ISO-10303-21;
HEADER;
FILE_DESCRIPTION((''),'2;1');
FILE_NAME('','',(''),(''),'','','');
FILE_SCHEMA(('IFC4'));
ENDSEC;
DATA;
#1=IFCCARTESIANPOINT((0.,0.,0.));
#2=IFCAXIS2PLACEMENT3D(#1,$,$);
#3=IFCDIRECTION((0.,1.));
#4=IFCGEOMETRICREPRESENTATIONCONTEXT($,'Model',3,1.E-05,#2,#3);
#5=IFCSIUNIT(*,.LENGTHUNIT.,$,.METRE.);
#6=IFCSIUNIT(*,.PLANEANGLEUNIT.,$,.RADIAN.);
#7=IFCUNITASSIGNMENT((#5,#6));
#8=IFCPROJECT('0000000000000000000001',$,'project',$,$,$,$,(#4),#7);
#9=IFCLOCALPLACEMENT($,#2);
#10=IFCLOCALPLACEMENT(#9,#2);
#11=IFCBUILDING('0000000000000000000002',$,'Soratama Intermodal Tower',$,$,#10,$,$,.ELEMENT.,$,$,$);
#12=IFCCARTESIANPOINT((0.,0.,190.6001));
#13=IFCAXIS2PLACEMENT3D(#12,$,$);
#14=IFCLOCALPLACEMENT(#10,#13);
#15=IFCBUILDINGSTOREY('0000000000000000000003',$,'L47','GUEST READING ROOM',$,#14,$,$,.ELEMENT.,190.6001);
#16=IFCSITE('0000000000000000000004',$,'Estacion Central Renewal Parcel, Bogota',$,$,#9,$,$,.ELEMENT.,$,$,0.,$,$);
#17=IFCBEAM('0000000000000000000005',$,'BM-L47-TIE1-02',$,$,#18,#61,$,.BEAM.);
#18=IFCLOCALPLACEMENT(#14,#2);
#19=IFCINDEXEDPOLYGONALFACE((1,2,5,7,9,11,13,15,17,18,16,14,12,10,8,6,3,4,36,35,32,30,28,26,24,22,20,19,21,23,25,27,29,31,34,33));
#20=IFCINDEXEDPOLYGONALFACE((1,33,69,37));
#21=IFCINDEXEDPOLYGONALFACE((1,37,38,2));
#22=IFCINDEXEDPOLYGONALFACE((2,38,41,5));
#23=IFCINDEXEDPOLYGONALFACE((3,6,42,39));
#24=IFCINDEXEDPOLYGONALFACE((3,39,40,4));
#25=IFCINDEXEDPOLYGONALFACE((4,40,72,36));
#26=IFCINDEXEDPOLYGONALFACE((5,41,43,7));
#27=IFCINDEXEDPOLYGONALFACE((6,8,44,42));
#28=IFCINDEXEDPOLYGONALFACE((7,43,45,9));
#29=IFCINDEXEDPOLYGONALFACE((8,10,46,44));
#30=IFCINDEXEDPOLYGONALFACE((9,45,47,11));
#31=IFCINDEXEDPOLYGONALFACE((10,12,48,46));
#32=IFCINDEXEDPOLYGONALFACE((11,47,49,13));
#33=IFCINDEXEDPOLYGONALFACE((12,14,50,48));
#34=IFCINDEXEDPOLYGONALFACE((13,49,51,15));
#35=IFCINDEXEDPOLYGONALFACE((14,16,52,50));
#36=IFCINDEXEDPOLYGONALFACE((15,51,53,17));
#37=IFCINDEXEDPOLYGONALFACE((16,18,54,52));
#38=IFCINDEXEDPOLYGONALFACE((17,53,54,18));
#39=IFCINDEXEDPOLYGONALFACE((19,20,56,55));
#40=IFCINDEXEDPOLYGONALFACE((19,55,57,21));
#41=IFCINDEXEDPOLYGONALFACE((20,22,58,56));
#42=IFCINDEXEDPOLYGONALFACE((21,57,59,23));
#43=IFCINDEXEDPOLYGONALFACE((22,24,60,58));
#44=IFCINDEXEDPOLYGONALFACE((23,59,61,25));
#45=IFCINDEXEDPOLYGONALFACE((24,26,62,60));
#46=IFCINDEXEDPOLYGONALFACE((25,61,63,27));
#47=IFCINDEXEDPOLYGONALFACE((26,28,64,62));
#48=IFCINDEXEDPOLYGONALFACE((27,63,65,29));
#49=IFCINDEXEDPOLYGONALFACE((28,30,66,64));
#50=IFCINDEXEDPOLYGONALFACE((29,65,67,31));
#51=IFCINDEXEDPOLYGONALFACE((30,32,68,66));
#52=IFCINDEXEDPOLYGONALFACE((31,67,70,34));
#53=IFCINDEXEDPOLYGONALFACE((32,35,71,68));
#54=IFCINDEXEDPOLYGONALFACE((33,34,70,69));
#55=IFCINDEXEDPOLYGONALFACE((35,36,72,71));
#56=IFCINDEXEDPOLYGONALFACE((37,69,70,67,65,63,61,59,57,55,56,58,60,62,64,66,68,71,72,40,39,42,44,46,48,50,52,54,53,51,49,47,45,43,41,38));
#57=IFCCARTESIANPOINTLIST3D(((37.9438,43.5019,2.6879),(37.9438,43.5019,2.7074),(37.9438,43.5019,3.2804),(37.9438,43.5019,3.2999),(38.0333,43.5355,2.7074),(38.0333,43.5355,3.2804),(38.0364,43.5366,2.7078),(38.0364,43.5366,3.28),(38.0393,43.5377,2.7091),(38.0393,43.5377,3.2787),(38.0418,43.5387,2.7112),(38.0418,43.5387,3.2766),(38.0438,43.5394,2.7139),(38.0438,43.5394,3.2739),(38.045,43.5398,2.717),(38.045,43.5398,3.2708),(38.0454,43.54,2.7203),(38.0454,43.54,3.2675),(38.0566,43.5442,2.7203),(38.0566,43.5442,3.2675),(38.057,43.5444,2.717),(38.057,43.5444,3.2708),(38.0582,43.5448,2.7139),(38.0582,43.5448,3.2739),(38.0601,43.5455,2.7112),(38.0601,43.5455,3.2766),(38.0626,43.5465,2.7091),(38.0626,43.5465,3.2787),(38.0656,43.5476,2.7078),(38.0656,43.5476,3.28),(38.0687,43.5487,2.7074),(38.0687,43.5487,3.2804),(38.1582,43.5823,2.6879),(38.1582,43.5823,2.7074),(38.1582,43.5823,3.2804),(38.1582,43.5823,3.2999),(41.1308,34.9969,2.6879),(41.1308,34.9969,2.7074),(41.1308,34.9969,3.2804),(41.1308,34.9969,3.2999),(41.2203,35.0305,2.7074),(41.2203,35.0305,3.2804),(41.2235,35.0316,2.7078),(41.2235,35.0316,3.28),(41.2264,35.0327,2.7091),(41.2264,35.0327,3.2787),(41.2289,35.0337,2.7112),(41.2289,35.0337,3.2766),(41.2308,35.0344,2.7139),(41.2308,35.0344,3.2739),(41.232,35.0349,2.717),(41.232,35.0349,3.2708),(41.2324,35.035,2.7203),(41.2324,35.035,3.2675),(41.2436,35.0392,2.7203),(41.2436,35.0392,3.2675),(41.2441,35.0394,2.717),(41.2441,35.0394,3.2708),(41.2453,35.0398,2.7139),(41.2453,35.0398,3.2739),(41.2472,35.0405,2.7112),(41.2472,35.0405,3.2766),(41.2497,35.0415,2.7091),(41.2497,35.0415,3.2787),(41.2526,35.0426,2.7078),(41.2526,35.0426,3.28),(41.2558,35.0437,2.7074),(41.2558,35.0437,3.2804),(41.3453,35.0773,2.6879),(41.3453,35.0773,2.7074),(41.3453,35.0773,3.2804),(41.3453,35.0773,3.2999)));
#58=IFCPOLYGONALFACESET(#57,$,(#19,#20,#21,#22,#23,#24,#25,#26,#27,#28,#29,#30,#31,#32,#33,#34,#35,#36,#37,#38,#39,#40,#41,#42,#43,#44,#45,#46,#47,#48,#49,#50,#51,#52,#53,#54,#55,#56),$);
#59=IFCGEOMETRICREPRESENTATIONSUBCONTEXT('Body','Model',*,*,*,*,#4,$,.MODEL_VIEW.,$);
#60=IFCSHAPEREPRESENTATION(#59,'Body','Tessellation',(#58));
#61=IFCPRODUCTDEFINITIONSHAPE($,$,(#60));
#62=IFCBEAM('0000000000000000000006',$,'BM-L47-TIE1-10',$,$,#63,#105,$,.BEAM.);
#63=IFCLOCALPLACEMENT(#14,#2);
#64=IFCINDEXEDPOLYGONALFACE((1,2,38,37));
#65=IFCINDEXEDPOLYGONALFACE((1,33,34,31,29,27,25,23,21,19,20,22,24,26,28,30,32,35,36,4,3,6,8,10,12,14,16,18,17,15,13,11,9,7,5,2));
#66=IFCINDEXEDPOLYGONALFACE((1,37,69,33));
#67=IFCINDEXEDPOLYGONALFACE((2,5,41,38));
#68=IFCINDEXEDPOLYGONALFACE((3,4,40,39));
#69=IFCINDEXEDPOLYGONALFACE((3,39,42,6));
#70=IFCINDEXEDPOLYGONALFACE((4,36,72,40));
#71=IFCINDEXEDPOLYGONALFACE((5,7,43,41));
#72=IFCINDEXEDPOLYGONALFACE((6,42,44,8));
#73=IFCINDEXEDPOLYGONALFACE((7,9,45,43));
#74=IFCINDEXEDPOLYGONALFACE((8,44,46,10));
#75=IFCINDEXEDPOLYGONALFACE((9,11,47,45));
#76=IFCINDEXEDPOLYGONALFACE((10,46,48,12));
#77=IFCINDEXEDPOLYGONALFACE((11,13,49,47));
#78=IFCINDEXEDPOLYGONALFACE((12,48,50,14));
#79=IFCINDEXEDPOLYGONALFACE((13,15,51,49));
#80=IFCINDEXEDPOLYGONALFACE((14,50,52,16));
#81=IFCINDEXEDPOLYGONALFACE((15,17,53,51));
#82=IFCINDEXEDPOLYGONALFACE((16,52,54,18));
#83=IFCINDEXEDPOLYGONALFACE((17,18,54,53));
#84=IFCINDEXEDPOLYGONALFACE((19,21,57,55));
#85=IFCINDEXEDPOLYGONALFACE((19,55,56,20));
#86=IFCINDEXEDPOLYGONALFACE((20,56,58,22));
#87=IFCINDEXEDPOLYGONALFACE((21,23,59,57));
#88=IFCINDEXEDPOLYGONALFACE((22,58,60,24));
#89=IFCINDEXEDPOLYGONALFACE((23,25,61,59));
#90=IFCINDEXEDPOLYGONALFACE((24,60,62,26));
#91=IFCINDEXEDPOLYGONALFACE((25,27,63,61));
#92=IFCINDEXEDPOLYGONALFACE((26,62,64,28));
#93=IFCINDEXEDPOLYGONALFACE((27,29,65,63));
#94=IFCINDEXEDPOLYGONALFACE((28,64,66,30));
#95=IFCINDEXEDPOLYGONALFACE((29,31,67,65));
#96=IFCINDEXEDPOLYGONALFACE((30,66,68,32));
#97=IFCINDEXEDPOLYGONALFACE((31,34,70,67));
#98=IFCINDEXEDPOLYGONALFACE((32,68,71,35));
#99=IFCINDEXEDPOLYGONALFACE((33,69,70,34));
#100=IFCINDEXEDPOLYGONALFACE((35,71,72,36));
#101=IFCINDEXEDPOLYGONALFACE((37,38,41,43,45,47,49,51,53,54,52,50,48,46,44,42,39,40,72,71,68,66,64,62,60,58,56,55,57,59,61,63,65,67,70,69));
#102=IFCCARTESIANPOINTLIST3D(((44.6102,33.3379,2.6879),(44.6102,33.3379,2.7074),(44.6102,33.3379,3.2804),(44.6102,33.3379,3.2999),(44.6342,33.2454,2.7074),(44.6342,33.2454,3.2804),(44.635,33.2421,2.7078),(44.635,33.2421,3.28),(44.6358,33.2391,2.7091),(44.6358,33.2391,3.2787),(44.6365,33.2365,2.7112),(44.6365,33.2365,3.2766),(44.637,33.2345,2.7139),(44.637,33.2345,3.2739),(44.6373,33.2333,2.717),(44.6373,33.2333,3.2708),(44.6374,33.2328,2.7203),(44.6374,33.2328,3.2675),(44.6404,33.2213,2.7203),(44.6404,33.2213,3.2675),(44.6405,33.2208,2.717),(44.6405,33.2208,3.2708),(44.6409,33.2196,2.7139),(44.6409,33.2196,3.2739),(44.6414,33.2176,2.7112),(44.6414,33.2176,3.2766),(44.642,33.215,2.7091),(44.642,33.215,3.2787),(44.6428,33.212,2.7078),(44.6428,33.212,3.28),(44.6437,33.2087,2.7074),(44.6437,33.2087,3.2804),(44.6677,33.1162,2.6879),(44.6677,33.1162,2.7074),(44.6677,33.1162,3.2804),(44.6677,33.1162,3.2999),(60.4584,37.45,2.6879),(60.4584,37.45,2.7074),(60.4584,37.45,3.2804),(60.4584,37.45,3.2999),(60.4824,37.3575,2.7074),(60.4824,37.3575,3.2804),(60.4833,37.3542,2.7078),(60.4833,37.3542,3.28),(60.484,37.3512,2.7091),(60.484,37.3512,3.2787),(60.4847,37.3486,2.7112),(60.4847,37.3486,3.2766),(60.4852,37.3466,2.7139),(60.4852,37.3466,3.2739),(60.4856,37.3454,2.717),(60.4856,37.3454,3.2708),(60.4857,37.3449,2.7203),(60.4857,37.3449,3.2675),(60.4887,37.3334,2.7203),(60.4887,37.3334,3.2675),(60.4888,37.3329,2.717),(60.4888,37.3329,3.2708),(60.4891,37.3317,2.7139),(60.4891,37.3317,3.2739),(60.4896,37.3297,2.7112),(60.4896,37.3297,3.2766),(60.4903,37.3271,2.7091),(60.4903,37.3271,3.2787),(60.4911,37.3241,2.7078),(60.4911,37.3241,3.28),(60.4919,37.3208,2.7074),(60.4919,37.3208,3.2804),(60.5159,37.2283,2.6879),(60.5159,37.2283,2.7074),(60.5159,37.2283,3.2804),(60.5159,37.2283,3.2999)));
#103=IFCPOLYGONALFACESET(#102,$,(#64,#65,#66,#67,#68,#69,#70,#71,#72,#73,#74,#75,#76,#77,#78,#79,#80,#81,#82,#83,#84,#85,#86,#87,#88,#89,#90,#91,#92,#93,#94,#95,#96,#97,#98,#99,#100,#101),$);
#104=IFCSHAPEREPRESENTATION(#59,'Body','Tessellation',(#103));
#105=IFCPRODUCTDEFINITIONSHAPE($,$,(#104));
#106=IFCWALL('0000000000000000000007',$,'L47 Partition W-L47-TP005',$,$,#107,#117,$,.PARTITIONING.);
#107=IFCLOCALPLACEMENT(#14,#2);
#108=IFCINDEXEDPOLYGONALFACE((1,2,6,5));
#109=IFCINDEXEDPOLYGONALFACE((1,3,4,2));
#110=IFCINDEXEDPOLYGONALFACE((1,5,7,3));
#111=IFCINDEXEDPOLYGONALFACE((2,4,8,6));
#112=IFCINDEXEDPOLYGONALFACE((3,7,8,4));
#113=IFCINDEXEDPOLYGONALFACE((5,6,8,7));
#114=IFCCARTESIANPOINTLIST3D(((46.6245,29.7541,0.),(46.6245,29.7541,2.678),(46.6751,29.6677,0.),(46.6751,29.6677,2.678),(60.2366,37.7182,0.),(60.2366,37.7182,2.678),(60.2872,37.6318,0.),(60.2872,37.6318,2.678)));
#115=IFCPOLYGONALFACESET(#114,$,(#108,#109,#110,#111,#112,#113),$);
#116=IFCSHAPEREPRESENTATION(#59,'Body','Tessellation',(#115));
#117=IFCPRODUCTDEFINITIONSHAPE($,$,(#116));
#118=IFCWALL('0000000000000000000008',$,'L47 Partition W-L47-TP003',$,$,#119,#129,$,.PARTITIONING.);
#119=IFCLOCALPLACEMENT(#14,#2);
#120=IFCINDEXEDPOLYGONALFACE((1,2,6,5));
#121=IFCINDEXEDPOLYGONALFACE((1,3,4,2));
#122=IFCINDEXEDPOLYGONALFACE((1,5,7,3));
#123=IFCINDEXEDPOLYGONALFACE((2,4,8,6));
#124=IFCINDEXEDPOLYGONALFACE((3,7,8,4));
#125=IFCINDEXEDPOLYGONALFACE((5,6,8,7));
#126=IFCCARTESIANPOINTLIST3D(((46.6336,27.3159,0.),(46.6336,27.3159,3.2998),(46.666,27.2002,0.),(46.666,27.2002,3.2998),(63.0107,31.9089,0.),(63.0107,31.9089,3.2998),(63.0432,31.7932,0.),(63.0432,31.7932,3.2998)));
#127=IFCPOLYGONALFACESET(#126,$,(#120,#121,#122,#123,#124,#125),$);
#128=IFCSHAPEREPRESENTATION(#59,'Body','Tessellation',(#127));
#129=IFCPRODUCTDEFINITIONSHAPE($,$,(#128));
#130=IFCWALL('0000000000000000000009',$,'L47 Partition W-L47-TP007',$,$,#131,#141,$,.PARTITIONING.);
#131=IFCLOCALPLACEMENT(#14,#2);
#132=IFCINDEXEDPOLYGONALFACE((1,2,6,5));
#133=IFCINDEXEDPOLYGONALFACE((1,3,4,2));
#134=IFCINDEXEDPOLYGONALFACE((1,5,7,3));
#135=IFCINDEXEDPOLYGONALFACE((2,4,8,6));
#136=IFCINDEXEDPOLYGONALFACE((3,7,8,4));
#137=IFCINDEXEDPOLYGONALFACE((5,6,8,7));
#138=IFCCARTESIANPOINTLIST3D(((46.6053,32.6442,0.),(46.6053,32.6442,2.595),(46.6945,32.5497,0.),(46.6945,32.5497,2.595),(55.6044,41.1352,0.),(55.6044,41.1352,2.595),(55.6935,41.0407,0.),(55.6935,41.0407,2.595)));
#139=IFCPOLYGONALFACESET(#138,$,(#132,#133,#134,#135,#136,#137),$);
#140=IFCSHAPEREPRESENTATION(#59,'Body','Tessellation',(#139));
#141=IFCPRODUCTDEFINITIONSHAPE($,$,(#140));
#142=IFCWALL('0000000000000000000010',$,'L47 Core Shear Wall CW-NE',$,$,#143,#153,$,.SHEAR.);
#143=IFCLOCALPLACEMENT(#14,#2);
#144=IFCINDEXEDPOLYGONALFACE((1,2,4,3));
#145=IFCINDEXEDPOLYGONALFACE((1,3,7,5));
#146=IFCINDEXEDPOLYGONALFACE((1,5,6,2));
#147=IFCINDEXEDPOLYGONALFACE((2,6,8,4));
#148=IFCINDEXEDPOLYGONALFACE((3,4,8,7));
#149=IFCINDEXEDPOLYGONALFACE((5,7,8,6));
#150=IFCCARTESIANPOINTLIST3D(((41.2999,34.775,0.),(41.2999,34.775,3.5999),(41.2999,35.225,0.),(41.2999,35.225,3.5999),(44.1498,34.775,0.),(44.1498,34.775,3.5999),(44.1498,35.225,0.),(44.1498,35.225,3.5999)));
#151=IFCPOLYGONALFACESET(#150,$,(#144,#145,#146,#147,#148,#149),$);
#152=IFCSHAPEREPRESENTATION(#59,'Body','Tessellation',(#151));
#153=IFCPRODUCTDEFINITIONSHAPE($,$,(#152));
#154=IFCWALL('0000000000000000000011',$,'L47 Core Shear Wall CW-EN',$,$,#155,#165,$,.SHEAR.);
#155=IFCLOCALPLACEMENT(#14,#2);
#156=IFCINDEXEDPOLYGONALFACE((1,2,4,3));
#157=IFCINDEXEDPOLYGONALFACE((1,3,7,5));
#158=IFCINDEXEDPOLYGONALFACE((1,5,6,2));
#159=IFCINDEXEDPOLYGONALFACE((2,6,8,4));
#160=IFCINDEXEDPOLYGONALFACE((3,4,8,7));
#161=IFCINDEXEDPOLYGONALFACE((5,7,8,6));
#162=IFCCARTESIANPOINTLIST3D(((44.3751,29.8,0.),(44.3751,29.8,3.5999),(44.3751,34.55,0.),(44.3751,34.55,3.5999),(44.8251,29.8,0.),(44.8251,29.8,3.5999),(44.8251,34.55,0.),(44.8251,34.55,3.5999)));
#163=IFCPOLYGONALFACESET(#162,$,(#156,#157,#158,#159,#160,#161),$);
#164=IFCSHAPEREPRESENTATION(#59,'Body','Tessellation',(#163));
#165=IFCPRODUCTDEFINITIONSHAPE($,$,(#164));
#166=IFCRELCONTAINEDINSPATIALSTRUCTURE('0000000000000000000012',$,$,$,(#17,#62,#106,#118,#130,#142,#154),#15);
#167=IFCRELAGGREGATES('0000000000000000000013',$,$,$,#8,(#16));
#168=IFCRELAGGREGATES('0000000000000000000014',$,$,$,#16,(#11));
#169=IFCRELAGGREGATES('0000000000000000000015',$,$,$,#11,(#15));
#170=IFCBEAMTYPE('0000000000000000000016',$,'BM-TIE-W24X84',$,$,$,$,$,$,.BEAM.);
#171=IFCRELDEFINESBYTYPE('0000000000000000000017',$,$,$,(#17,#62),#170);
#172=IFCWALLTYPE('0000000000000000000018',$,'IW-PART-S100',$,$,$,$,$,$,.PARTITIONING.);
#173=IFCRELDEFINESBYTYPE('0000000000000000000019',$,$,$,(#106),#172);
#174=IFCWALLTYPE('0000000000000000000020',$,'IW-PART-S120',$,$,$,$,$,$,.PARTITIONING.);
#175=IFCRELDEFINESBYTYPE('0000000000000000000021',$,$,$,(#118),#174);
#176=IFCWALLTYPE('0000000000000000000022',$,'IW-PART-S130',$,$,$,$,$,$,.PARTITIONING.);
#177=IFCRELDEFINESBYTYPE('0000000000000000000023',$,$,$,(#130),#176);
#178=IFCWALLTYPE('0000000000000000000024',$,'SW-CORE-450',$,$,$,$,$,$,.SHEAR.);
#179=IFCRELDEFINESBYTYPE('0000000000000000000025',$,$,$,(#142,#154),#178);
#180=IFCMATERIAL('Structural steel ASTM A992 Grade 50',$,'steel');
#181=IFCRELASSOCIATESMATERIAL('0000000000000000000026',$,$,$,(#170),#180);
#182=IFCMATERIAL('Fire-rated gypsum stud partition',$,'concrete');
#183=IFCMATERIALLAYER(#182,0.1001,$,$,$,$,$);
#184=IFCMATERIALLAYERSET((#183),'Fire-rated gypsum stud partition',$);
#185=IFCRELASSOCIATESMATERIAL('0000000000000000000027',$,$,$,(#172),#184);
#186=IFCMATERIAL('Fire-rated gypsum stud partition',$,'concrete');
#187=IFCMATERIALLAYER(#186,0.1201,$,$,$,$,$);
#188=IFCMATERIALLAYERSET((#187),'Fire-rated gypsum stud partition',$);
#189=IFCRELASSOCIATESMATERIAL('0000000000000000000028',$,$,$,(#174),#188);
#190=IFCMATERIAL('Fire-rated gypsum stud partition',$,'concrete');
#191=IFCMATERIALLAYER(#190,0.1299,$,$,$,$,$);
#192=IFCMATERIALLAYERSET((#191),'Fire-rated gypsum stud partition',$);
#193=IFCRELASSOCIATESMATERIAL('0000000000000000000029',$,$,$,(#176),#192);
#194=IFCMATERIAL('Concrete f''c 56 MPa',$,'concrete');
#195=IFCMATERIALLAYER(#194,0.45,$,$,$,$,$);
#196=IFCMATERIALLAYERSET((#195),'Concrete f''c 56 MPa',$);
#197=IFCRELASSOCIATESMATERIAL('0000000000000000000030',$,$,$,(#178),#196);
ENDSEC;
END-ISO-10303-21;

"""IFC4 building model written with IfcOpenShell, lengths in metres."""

from ifc_helpers import new_model, si_unit, direction, frame, frame_2d, origin, origin_2d, place, context, subcontext, project, spatial, rectangle, i_section, extrude, material, layer, layer_set, material_profile, profile_set, type_object, element, save


model = new_model("IFC4")

# Units and contexts
model_context = context("Model", 3, precision=1e-05, world=origin(), true_north=direction((0.0, 1.0)))
body_context = subcontext(model_context, "Body", "Model", "MODEL_VIEW")
ifc_project = project(units=[si_unit("LENGTHUNIT", "METRE"), si_unit("PLANEANGLEUNIT", "RADIAN")], contexts=[model_context])

# Site, building, storey
site_placement = place(None, origin())
site = spatial("IfcSite", under=ifc_project, at=site_placement, Name="Estacion Central Renewal Parcel, Bogota", CompositionType="ELEMENT", RefElevation=0.0)
building_placement = place(site_placement, origin())
building = spatial("IfcBuilding", under=site, at=building_placement, Name="Soratama Intermodal Tower", CompositionType="ELEMENT")
storey_placement = place(building_placement, frame((0.0, 0.0, 190.6001)))
storey = spatial("IfcBuildingStorey", under=building, at=storey_placement, Name="L47", Description="GUEST READING ROOM", CompositionType="ELEMENT", Elevation=190.6001)

# Beams
ifc_material_1 = material(Name="Structural steel ASTM A992 Grade 50", Category="steel")
ifc_material_profile_1 = material_profile(ifc_material_1, i_section(OverallWidth=0.229, OverallDepth=0.6121, WebThickness=0.012, FlangeThickness=0.0195, FilletRadius=0.0129, at=origin_2d()), Name="W24X84")
ifc_profile_set_1 = profile_set([ifc_material_profile_1], Name="Structural steel ASTM A992 Grade 50")
beam_type_1 = type_object("IfcBeamType", Name="BM-TIE-W24X84", PredefinedType="BEAM", material=ifc_profile_set_1)
beam_1_placement = place(storey_placement, frame((41.238, 35.0371, 2.9939), z_axis=(-0.3509, 0.936413, 0.0), x_axis=(-0.936413, -0.3509, 0.0)))
element("IfcBeam", 1, at=beam_1_placement, inside=storey, type_object=beam_type_1, Name="BM-L47-TIE1-02", PredefinedType="BEAM", context=body_context, shape_type="SweptSolid", body=[
    extrude(i_section(OverallWidth=0.229, OverallDepth=0.6121, WebThickness=0.012, FlangeThickness=0.0195, FilletRadius=0.0129, at=origin_2d()), origin(), (0.0, 0.0, 1.0), 9.0825),
])
beam_2_placement = place(storey_placement, frame((44.6389, 33.2271, 2.9939), z_axis=(0.967948, 0.25115, 0.0), x_axis=(-0.25115, 0.967948, 0.0)))
element("IfcBeam", 2, at=beam_2_placement, inside=storey, type_object=beam_type_1, Name="BM-L47-TIE1-10", PredefinedType="BEAM", context=body_context, shape_type="SweptSolid", body=[
    extrude(i_section(OverallWidth=0.229, OverallDepth=0.6121, WebThickness=0.012, FlangeThickness=0.0195, FilletRadius=0.0129, at=origin_2d()), origin(), (0.0, 0.0, 1.0), 16.373),
])

# Walls
ifc_material_2 = material(Name="Fire-rated gypsum stud partition", Category="concrete")
ifc_layer_1 = layer(ifc_material_2, 0.1001)
ifc_layer_set_1 = layer_set([ifc_layer_1], Name="Fire-rated gypsum stud partition")
wall_type_1 = type_object("IfcWallType", Name="IW-PART-S100", PredefinedType="PARTITIONING", material=ifc_layer_set_1)
wall_1_placement = place(storey_placement, frame((46.6499, 29.7109, 0.0), z_axis=(0.0, 0.0, 1.0), x_axis=(0.863123, 0.504994, 0.0)))
element("IfcWall", 3, at=wall_1_placement, inside=storey, type_object=wall_type_1, Name="L47 Partition W-L47-TP005", PredefinedType="PARTITIONING", context=body_context, shape_type="SweptSolid", body=[
    extrude(rectangle(XDim=15.7708, YDim=0.1001, at=frame_2d((7.8853, 0.0))), origin(), (0.0, 0.0, 1.0), 2.678),
])
ifc_material_3 = material(Name="Fire-rated gypsum stud partition", Category="concrete")
ifc_layer_2 = layer(ifc_material_3, 0.1201)
ifc_layer_set_2 = layer_set([ifc_layer_2], Name="Fire-rated gypsum stud partition")
wall_type_2 = type_object("IfcWallType", Name="IW-PART-S120", PredefinedType="PARTITIONING", material=ifc_layer_set_2)
wall_2_placement = place(storey_placement, frame((46.6499, 27.2581, 0.0), z_axis=(0.0, 0.0, 1.0), x_axis=(0.962851, 0.270033, 0.0)))
element("IfcWall", 4, at=wall_2_placement, inside=storey, type_object=wall_type_2, Name="L47 Partition W-L47-TP003", PredefinedType="PARTITIONING", context=body_context, shape_type="SweptSolid", body=[
    extrude(rectangle(XDim=17.009, YDim=0.1201, at=frame_2d((8.5044, 0.0))), origin(), (0.0, 0.0, 1.0), 3.2998),
])
ifc_material_4 = material(Name="Fire-rated gypsum stud partition", Category="concrete")
ifc_layer_3 = layer(ifc_material_4, 0.1299)
ifc_layer_set_3 = layer_set([ifc_layer_3], Name="Fire-rated gypsum stud partition")
wall_type_3 = type_object("IfcWallType", Name="IW-PART-S130", PredefinedType="PARTITIONING", material=ifc_layer_set_3)
wall_3_placement = place(storey_placement, frame((46.6499, 32.5969, 0.0), z_axis=(0.0, 0.0, 1.0), x_axis=(0.72734, 0.686277, 0.0)))
element("IfcWall", 5, at=wall_3_placement, inside=storey, type_object=wall_type_3, Name="L47 Partition W-L47-TP007", PredefinedType="PARTITIONING", context=body_context, shape_type="SweptSolid", body=[
    extrude(rectangle(XDim=12.3726, YDim=0.1299, at=frame_2d((6.1863, 0.0))), origin(), (0.0, 0.0, 1.0), 2.595),
])
ifc_material_5 = material(Name="Concrete f'c 56 MPa", Category="concrete")
ifc_layer_4 = layer(ifc_material_5, 0.45)
ifc_layer_set_4 = layer_set([ifc_layer_4], Name="Concrete f'c 56 MPa")
wall_type_4 = type_object("IfcWallType", Name="SW-CORE-450", PredefinedType="SHEAR", material=ifc_layer_set_4)
wall_4_placement = place(storey_placement, frame((41.3, 35.0, 0.0), z_axis=(0.0, 0.0, 1.0), x_axis=(1.0, 0.0, 0.0)))
element("IfcWall", 6, at=wall_4_placement, inside=storey, type_object=wall_type_4, Name="L47 Core Shear Wall CW-NE", PredefinedType="SHEAR", context=body_context, shape_type="SweptSolid", body=[
    extrude(rectangle(XDim=2.8499, YDim=0.45, at=frame_2d((1.4248, 0.0))), origin(), (0.0, 0.0, 1.0), 3.5999),
])
wall_5_placement = place(storey_placement, frame((44.6001, 29.8, 0.0), z_axis=(0.0, 0.0, 1.0), x_axis=(0.0, 1.0, 0.0)))
element("IfcWall", 7, at=wall_5_placement, inside=storey, type_object=wall_type_4, Name="L47 Core Shear Wall CW-EN", PredefinedType="SHEAR", context=body_context, shape_type="SweptSolid", body=[
    extrude(rectangle(XDim=4.75, YDim=0.45, at=frame_2d((2.375, 0.0))), origin(), (0.0, 0.0, 1.0), 3.5999),
])

save(model, "model.ifc")
